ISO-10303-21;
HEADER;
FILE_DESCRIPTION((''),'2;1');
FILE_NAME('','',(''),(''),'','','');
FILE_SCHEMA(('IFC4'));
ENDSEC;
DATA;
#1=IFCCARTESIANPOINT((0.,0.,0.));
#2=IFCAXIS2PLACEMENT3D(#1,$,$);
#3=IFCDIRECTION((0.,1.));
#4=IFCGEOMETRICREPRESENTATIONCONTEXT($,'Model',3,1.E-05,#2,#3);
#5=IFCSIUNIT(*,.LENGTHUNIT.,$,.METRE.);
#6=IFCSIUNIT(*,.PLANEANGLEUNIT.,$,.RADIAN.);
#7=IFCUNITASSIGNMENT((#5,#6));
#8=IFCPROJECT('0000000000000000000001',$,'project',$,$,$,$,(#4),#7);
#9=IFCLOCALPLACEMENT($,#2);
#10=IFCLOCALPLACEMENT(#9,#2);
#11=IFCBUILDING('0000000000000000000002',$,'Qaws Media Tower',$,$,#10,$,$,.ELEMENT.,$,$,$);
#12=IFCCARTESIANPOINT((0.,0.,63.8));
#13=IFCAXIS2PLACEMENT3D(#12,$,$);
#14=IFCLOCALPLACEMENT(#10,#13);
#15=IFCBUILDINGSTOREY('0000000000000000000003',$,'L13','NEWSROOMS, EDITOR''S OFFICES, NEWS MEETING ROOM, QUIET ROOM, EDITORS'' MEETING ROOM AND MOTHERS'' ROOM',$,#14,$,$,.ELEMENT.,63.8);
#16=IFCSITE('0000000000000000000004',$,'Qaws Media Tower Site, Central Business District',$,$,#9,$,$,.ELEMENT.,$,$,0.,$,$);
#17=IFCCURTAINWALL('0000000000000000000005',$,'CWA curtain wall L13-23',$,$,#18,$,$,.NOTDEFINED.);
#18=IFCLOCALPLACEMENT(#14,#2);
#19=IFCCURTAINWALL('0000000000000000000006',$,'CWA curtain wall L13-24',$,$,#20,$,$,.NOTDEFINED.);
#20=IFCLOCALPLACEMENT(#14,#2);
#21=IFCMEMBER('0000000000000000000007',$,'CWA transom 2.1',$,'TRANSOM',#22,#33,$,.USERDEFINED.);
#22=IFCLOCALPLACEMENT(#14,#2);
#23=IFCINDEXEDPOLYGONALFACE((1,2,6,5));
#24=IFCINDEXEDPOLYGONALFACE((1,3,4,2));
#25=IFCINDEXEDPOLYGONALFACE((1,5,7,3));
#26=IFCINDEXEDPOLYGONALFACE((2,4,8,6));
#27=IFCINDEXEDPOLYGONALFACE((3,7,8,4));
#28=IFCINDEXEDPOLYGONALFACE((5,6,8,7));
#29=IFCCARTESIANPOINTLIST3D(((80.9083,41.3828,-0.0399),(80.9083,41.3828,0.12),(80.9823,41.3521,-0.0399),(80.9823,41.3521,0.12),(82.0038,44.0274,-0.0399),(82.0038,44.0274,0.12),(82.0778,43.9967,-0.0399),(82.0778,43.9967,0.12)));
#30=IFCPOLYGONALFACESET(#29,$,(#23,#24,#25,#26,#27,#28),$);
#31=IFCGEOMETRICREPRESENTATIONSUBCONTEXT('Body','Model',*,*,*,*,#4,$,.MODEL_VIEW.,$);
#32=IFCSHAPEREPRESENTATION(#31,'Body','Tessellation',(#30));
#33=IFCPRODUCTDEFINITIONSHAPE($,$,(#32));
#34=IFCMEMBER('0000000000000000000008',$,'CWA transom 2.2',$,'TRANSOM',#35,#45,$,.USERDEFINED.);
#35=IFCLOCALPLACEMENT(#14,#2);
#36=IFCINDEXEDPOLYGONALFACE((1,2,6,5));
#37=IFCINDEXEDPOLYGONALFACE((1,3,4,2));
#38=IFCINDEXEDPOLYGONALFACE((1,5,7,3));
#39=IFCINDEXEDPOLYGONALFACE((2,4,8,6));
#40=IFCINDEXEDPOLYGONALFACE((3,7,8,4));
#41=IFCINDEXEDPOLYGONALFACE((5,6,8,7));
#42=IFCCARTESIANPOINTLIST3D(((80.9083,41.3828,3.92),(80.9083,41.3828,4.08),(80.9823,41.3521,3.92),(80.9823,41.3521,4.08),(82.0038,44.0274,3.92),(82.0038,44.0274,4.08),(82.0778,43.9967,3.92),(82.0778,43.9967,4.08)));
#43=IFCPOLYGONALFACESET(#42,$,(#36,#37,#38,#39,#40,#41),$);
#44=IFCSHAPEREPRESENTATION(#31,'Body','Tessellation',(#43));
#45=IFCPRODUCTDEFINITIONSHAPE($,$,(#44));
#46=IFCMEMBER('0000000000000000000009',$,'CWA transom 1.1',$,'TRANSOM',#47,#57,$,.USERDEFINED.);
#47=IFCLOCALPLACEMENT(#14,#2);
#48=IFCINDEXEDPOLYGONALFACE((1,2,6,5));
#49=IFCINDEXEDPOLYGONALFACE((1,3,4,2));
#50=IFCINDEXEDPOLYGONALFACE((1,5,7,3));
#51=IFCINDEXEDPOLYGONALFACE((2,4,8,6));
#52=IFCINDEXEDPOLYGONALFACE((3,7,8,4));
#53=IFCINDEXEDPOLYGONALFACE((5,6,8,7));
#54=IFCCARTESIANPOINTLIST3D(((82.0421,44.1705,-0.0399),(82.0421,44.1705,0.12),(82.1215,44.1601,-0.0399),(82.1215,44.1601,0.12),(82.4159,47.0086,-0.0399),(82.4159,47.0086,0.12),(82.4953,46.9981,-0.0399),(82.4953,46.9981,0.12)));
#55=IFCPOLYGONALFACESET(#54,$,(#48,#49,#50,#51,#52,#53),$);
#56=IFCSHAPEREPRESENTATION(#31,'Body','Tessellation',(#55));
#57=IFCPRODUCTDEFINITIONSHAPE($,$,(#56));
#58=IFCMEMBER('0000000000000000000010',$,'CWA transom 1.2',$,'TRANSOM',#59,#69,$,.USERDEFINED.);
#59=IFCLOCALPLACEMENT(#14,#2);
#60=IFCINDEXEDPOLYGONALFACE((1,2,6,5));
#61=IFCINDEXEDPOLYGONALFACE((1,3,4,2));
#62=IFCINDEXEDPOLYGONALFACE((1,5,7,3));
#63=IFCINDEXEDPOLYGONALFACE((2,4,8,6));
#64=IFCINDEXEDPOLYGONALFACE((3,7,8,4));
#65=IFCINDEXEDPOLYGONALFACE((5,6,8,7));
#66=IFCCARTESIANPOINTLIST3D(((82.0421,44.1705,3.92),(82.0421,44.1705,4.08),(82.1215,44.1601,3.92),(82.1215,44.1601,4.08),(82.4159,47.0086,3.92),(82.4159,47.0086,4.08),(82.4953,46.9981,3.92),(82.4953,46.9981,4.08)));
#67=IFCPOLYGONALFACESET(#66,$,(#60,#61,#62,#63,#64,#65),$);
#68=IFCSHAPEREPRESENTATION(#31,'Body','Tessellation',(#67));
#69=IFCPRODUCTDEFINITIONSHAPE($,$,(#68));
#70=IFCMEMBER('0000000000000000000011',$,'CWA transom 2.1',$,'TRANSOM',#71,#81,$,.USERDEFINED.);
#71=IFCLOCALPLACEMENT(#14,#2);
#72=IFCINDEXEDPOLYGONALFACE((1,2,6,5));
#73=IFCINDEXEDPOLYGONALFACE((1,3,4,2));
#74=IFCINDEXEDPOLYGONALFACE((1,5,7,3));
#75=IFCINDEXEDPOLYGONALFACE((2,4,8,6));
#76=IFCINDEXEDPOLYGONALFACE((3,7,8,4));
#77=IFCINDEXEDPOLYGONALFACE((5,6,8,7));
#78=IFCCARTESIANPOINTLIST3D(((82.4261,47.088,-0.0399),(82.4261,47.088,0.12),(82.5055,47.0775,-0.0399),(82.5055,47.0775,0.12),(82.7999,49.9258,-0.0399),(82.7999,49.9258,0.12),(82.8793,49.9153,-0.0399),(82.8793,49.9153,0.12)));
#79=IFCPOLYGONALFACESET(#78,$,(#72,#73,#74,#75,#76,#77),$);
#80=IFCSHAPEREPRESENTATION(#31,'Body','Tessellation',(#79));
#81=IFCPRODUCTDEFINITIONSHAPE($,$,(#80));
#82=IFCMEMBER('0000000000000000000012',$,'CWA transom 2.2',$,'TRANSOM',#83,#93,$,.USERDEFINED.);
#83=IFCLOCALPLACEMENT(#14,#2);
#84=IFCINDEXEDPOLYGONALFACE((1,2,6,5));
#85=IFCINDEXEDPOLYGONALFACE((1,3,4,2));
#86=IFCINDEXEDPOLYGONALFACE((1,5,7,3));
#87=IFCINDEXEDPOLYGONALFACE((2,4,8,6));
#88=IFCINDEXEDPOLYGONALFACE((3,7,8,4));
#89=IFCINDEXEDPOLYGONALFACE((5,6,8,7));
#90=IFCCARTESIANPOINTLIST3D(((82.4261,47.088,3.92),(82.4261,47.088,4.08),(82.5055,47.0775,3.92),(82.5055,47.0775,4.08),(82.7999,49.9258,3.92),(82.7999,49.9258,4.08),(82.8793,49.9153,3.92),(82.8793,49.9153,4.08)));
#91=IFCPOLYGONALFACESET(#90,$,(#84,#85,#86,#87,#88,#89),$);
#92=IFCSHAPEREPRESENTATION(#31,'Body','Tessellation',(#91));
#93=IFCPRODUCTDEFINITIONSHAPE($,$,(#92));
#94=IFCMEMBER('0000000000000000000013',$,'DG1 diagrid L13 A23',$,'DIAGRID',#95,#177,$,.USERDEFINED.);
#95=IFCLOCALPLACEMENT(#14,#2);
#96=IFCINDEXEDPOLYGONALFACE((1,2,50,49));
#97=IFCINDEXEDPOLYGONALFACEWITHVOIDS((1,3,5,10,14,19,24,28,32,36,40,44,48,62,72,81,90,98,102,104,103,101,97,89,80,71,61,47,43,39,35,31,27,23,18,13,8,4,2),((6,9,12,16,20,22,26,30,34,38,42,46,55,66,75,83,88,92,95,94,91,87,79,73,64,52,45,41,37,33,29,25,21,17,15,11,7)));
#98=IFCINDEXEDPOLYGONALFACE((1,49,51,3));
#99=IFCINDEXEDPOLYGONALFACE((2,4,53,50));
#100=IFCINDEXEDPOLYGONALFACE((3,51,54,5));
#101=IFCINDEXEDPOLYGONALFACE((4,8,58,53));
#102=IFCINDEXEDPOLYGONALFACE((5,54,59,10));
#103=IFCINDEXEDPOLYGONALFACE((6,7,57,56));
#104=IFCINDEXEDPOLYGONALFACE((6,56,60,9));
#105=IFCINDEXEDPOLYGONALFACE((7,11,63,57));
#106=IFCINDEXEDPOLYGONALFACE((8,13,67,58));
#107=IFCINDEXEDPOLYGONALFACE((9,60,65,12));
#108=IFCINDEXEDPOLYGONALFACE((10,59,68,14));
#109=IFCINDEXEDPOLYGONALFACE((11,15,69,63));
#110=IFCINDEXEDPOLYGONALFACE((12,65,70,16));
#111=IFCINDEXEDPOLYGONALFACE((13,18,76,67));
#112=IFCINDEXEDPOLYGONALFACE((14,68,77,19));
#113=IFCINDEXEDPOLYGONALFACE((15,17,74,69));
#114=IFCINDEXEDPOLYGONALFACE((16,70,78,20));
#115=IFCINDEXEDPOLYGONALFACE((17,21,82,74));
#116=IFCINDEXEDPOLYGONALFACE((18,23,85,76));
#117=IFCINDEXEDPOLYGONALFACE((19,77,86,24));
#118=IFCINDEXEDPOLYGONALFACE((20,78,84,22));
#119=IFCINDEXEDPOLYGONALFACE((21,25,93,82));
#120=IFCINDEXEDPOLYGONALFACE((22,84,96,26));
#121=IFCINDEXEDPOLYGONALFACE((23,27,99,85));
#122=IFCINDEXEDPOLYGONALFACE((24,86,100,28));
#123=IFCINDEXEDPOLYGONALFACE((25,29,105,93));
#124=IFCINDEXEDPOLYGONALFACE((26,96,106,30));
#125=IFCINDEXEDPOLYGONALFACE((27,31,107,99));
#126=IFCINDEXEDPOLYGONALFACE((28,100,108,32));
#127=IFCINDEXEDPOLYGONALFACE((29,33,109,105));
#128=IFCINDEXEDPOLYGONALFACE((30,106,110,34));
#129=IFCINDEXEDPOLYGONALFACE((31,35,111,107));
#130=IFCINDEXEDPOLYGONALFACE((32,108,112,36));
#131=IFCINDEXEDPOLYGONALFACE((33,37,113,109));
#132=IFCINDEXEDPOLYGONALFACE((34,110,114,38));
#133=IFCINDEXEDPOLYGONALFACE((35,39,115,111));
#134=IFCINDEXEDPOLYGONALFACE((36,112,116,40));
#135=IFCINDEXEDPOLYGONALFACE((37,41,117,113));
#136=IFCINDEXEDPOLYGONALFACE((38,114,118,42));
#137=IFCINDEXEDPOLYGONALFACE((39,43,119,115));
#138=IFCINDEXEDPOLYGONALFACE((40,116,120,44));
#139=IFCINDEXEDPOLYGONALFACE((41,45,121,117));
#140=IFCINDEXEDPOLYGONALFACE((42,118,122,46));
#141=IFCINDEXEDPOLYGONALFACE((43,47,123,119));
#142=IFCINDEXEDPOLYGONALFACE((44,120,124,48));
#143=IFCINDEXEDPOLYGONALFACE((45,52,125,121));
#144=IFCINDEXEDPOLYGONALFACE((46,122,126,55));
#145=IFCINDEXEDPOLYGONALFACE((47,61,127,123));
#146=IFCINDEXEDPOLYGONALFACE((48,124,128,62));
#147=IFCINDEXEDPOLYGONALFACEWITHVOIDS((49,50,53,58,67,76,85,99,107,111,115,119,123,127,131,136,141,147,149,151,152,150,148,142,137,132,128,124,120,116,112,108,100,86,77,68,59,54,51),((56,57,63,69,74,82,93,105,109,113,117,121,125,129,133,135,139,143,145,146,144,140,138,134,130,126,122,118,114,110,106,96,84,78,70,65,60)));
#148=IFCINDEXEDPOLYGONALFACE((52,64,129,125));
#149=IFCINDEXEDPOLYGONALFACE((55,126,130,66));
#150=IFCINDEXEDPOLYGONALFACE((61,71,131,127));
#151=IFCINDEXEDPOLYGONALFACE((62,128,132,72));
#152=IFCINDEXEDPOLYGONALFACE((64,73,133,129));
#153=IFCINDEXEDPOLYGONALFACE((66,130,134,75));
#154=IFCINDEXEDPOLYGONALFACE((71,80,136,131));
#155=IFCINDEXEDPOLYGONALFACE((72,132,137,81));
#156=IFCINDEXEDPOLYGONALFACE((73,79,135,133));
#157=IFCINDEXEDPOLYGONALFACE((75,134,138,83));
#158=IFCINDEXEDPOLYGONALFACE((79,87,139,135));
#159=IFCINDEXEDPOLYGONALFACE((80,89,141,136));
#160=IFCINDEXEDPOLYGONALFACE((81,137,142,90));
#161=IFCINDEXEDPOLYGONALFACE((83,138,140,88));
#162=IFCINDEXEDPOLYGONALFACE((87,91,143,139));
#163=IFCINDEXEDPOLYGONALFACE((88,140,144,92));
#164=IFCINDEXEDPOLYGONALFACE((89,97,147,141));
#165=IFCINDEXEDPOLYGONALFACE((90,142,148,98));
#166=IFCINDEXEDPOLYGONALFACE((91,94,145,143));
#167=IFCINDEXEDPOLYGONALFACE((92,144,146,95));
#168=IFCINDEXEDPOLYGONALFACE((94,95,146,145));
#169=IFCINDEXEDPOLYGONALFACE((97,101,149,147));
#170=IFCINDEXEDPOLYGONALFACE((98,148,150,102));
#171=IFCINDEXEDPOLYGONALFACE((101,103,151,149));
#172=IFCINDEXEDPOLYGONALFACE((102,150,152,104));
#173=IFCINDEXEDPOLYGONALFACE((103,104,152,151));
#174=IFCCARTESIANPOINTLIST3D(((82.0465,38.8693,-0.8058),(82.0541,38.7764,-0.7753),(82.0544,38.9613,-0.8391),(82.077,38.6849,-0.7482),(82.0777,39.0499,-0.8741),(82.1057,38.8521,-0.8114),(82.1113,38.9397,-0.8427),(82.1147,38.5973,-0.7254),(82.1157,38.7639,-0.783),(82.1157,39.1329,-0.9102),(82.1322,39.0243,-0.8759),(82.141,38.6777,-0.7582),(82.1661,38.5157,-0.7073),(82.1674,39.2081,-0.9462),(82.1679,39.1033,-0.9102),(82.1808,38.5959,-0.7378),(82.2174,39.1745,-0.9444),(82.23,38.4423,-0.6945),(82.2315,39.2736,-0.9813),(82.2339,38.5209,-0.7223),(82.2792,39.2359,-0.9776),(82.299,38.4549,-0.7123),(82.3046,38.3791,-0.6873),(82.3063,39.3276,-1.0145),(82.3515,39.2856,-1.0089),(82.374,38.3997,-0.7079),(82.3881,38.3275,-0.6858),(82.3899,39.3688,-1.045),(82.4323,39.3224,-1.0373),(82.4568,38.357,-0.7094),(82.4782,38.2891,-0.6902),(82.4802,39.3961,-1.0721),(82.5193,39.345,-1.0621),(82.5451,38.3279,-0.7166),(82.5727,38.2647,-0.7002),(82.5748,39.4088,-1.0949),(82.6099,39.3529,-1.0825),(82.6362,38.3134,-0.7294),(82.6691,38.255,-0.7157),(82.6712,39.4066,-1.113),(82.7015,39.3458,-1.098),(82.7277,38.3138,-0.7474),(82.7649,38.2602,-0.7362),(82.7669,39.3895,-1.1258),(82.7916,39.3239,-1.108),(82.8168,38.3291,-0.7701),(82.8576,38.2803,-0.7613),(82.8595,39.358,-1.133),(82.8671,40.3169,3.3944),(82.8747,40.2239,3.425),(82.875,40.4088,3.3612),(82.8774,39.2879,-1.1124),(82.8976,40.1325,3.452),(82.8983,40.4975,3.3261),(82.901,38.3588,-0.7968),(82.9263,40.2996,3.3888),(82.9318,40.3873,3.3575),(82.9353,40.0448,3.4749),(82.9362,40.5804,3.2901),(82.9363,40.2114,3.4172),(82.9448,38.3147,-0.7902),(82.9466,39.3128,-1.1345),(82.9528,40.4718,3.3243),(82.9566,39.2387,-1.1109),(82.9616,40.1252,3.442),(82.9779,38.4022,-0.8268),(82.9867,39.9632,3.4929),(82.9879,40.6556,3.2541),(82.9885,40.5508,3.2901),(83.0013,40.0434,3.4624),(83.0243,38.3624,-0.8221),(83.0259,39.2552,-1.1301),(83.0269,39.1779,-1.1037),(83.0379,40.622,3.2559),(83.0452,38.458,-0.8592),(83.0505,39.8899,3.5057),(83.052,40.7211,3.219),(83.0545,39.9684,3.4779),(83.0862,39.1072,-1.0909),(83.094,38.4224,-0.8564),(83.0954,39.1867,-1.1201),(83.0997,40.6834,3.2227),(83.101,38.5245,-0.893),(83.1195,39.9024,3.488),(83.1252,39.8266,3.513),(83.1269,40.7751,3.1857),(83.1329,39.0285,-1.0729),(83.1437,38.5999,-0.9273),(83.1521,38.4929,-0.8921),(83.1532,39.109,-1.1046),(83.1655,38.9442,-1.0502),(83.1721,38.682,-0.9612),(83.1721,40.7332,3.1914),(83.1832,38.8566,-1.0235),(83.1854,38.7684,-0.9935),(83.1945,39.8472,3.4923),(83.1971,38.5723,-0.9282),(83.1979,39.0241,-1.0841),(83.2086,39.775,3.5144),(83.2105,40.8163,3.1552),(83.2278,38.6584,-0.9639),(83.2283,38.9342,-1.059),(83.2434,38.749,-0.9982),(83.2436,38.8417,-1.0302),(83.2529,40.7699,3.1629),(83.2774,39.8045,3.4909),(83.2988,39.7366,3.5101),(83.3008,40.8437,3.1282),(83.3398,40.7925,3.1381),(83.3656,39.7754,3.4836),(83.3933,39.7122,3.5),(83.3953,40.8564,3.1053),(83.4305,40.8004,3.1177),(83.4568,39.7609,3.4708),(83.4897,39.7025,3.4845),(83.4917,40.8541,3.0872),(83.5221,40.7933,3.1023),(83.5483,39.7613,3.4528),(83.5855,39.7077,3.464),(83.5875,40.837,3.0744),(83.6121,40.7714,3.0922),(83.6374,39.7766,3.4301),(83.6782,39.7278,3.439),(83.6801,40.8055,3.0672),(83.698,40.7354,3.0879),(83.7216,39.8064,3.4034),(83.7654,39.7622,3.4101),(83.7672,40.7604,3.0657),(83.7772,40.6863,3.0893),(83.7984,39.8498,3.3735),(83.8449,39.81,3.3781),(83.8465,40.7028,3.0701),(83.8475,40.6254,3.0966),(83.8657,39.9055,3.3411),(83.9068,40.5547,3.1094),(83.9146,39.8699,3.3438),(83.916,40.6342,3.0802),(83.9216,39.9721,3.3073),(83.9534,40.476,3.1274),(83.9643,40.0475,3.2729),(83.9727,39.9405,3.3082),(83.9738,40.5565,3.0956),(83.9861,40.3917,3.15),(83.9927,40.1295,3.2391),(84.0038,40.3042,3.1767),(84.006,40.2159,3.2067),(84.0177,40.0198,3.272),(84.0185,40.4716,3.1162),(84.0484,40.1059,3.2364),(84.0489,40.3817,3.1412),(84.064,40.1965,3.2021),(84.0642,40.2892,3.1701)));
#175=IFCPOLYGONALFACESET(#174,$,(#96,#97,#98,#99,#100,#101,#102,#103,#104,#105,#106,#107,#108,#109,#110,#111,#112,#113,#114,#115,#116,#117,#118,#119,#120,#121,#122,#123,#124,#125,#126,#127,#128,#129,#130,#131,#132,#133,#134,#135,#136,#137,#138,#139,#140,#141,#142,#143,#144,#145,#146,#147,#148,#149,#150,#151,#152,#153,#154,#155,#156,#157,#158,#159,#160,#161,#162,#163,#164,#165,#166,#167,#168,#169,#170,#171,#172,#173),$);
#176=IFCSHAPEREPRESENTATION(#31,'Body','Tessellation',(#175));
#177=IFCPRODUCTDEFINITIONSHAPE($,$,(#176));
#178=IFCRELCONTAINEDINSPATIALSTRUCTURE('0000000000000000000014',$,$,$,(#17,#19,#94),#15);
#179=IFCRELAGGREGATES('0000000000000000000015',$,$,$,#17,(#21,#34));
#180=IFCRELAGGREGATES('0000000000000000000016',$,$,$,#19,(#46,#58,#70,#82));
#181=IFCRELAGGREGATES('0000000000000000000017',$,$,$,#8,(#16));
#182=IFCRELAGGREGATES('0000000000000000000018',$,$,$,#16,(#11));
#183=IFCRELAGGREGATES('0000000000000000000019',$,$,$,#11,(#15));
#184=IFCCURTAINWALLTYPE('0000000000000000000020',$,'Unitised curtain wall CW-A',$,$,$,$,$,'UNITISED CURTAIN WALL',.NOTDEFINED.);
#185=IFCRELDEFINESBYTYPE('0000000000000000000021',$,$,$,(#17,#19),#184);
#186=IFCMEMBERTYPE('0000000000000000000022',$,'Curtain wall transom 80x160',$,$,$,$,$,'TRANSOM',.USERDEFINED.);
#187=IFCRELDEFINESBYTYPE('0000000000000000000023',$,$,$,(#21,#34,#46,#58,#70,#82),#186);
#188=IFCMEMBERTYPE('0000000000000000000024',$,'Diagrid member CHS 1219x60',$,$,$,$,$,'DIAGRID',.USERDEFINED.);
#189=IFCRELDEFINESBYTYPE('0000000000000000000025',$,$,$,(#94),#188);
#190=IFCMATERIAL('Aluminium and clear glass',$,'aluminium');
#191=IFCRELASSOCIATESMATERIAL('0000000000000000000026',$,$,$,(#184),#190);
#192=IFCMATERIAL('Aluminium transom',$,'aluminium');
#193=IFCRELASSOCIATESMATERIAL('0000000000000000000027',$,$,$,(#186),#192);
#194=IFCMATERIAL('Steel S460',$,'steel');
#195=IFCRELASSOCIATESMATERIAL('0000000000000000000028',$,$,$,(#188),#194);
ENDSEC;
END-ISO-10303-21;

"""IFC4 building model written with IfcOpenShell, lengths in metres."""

from ifc_helpers import new_model, si_unit, direction, frame, origin, origin_2d, place, context, subcontext, project, spatial, rectangle, hollow_circle, extrude, material, material_profile, profile_set, type_object, element, aggregate, save


model = new_model("IFC4")

# Units and contexts
model_context = context("Model", 3, precision=1e-05, world=origin(), true_north=direction((0.0, 1.0)))
body_context = subcontext(model_context, "Body", "Model", "MODEL_VIEW")
ifc_project = project(units=[si_unit("LENGTHUNIT", "METRE"), si_unit("PLANEANGLEUNIT", "RADIAN")], contexts=[model_context])

# Site, building, storey
site_placement = place(None, origin())
site = spatial("IfcSite", under=ifc_project, at=site_placement, Name="Qaws Media Tower Site, Central Business District", CompositionType="ELEMENT", RefElevation=0.0)
building_placement = place(site_placement, origin())
building = spatial("IfcBuilding", under=site, at=building_placement, Name="Qaws Media Tower", CompositionType="ELEMENT")
storey_placement = place(building_placement, frame((0.0, 0.0, 63.8)))
storey = spatial("IfcBuildingStorey", under=building, at=storey_placement, Name="L13", Description="NEWSROOMS, EDITOR'S OFFICES, NEWS MEETING ROOM, QUIET ROOM, EDITORS' MEETING ROOM AND MOTHERS' ROOM", CompositionType="ELEMENT", Elevation=63.8)

# Curtain walls
ifc_material_1 = material(Name="Aluminium and clear glass", Category="aluminium")
curtain_wall_type = type_object("IfcCurtainWallType", Name="Unitised curtain wall CW-A", ElementType="UNITISED CURTAIN WALL", PredefinedType="NOTDEFINED", material=ifc_material_1)
curtain_wall_1_placement = place(storey_placement, origin())
curtain_wall_1 = element("IfcCurtainWall", 1, at=curtain_wall_1_placement, inside=storey, type_object=curtain_wall_type, Name="CWA curtain wall L13-23", PredefinedType="NOTDEFINED")
curtain_wall_2_placement = place(storey_placement, origin())
curtain_wall_2 = element("IfcCurtainWall", 2, at=curtain_wall_2_placement, inside=storey, type_object=curtain_wall_type, Name="CWA curtain wall L13-24", PredefinedType="NOTDEFINED")

# Members
ifc_material_2 = material(Name="Aluminium transom", Category="aluminium")
ifc_material_profile_1 = material_profile(ifc_material_2, rectangle(XDim=0.0801, YDim=0.1599, at=origin_2d()), Name="80x160")
ifc_profile_set_1 = profile_set([ifc_material_profile_1], Name="Aluminium transom")
member_type_1 = type_object("IfcMemberType", Name="Curtain wall transom 80x160", ElementType="TRANSOM", PredefinedType="USERDEFINED", material=ifc_profile_set_1)
member_1_placement = place(storey_placement, frame((80.9453, 41.3674, 0.04), z_axis=(0.382701, 0.923872, 0.0), x_axis=(-0.923872, 0.382701, 0.0)))
member_1 = element("IfcMember", 3, at=member_1_placement, type_object=member_type_1, Name="CWA transom 2.1", ObjectType="TRANSOM", PredefinedType="USERDEFINED", context=body_context, shape_type="SweptSolid", body=[
    extrude(rectangle(XDim=0.0801, YDim=0.1599, at=origin_2d()), origin(), (0.0, 0.0, 1.0), 2.8625),
])
member_2_placement = place(storey_placement, frame((80.9453, 41.3674, 4.0), z_axis=(0.382701, 0.923872, 0.0), x_axis=(-0.923872, 0.382701, 0.0)))
member_2 = element("IfcMember", 4, at=member_2_placement, type_object=member_type_1, Name="CWA transom 2.2", ObjectType="TRANSOM", PredefinedType="USERDEFINED", context=body_context, shape_type="SweptSolid", body=[
    extrude(rectangle(XDim=0.0801, YDim=0.1599, at=origin_2d()), origin(), (0.0, 0.0, 1.0), 2.8625),
])
member_3_placement = place(storey_placement, frame((82.0818, 44.1653, 0.04), z_axis=(0.130571, 0.991439, 0.0), x_axis=(-0.991439, 0.130571, 0.0)))
member_3 = element("IfcMember", 5, at=member_3_placement, type_object=member_type_1, Name="CWA transom 1.1", ObjectType="TRANSOM", PredefinedType="USERDEFINED", context=body_context, shape_type="SweptSolid", body=[
    extrude(rectangle(XDim=0.0801, YDim=0.1599, at=origin_2d()), origin(), (0.0, 0.0, 1.0), 2.8625),
])
member_4_placement = place(storey_placement, frame((82.0818, 44.1653, 4.0), z_axis=(0.130571, 0.991439, 0.0), x_axis=(-0.991439, 0.130571, 0.0)))
member_4 = element("IfcMember", 6, at=member_4_placement, type_object=member_type_1, Name="CWA transom 1.2", ObjectType="TRANSOM", PredefinedType="USERDEFINED", context=body_context, shape_type="SweptSolid", body=[
    extrude(rectangle(XDim=0.0801, YDim=0.1599, at=origin_2d()), origin(), (0.0, 0.0, 1.0), 2.8625),
])
member_5_placement = place(storey_placement, frame((82.4658, 47.0828, 0.04), z_axis=(0.130582, 0.991437, 0.0), x_axis=(-0.991437, 0.130582, 0.0)))
member_5 = element("IfcMember", 7, at=member_5_placement, type_object=member_type_1, Name="CWA transom 2.1", ObjectType="TRANSOM", PredefinedType="USERDEFINED", context=body_context, shape_type="SweptSolid", body=[
    extrude(rectangle(XDim=0.0801, YDim=0.1599, at=origin_2d()), origin(), (0.0, 0.0, 1.0), 2.8623),
])
member_6_placement = place(storey_placement, frame((82.4658, 47.0828, 4.0), z_axis=(0.130582, 0.991437, 0.0), x_axis=(-0.991437, 0.130582, 0.0)))
member_6 = element("IfcMember", 8, at=member_6_placement, type_object=member_type_1, Name="CWA transom 2.2", ObjectType="TRANSOM", PredefinedType="USERDEFINED", context=body_context, shape_type="SweptSolid", body=[
    extrude(rectangle(XDim=0.0801, YDim=0.1599, at=origin_2d()), origin(), (0.0, 0.0, 1.0), 2.8623),
])

# Member
ifc_material_3 = material(Name="Steel S460", Category="steel")
ifc_material_profile_2 = material_profile(ifc_material_3, hollow_circle(Radius=0.6096, WallThickness=0.0601, at=origin_2d()), Name="CHS 1219x60")
ifc_profile_set_2 = profile_set([ifc_material_profile_2], Name="Steel S460")
member_type_2 = type_object("IfcMemberType", Name="Diagrid member CHS 1219x60", ElementType="DIAGRID", PredefinedType="USERDEFINED", material=ifc_profile_set_2)
for number, where, z_axis, x_axis, name in (
    (9, (82.646, 38.8323, -0.9102), (0.181629, 0.320404, 0.929706), (-0.869945, 0.49315, 0.0), "DG1 diagrid L13 A23"),
):
    element("IfcMember", number, at=place(storey_placement, frame(where, z_axis=z_axis, x_axis=x_axis)), inside=storey, type_object=member_type_2, Name=name, ObjectType="DIAGRID", PredefinedType="USERDEFINED", context=body_context, shape_type="SweptSolid", body=[
        extrude(hollow_circle(Radius=0.6096, WallThickness=0.0601, at=origin_2d()), origin(), (0.0, 0.0, 1.0), 4.5178),
    ])

aggregate(curtain_wall_1, [member_1, member_2])
aggregate(curtain_wall_2, [member_3, member_4, member_5, member_6])

save(model, "model.ifc")
